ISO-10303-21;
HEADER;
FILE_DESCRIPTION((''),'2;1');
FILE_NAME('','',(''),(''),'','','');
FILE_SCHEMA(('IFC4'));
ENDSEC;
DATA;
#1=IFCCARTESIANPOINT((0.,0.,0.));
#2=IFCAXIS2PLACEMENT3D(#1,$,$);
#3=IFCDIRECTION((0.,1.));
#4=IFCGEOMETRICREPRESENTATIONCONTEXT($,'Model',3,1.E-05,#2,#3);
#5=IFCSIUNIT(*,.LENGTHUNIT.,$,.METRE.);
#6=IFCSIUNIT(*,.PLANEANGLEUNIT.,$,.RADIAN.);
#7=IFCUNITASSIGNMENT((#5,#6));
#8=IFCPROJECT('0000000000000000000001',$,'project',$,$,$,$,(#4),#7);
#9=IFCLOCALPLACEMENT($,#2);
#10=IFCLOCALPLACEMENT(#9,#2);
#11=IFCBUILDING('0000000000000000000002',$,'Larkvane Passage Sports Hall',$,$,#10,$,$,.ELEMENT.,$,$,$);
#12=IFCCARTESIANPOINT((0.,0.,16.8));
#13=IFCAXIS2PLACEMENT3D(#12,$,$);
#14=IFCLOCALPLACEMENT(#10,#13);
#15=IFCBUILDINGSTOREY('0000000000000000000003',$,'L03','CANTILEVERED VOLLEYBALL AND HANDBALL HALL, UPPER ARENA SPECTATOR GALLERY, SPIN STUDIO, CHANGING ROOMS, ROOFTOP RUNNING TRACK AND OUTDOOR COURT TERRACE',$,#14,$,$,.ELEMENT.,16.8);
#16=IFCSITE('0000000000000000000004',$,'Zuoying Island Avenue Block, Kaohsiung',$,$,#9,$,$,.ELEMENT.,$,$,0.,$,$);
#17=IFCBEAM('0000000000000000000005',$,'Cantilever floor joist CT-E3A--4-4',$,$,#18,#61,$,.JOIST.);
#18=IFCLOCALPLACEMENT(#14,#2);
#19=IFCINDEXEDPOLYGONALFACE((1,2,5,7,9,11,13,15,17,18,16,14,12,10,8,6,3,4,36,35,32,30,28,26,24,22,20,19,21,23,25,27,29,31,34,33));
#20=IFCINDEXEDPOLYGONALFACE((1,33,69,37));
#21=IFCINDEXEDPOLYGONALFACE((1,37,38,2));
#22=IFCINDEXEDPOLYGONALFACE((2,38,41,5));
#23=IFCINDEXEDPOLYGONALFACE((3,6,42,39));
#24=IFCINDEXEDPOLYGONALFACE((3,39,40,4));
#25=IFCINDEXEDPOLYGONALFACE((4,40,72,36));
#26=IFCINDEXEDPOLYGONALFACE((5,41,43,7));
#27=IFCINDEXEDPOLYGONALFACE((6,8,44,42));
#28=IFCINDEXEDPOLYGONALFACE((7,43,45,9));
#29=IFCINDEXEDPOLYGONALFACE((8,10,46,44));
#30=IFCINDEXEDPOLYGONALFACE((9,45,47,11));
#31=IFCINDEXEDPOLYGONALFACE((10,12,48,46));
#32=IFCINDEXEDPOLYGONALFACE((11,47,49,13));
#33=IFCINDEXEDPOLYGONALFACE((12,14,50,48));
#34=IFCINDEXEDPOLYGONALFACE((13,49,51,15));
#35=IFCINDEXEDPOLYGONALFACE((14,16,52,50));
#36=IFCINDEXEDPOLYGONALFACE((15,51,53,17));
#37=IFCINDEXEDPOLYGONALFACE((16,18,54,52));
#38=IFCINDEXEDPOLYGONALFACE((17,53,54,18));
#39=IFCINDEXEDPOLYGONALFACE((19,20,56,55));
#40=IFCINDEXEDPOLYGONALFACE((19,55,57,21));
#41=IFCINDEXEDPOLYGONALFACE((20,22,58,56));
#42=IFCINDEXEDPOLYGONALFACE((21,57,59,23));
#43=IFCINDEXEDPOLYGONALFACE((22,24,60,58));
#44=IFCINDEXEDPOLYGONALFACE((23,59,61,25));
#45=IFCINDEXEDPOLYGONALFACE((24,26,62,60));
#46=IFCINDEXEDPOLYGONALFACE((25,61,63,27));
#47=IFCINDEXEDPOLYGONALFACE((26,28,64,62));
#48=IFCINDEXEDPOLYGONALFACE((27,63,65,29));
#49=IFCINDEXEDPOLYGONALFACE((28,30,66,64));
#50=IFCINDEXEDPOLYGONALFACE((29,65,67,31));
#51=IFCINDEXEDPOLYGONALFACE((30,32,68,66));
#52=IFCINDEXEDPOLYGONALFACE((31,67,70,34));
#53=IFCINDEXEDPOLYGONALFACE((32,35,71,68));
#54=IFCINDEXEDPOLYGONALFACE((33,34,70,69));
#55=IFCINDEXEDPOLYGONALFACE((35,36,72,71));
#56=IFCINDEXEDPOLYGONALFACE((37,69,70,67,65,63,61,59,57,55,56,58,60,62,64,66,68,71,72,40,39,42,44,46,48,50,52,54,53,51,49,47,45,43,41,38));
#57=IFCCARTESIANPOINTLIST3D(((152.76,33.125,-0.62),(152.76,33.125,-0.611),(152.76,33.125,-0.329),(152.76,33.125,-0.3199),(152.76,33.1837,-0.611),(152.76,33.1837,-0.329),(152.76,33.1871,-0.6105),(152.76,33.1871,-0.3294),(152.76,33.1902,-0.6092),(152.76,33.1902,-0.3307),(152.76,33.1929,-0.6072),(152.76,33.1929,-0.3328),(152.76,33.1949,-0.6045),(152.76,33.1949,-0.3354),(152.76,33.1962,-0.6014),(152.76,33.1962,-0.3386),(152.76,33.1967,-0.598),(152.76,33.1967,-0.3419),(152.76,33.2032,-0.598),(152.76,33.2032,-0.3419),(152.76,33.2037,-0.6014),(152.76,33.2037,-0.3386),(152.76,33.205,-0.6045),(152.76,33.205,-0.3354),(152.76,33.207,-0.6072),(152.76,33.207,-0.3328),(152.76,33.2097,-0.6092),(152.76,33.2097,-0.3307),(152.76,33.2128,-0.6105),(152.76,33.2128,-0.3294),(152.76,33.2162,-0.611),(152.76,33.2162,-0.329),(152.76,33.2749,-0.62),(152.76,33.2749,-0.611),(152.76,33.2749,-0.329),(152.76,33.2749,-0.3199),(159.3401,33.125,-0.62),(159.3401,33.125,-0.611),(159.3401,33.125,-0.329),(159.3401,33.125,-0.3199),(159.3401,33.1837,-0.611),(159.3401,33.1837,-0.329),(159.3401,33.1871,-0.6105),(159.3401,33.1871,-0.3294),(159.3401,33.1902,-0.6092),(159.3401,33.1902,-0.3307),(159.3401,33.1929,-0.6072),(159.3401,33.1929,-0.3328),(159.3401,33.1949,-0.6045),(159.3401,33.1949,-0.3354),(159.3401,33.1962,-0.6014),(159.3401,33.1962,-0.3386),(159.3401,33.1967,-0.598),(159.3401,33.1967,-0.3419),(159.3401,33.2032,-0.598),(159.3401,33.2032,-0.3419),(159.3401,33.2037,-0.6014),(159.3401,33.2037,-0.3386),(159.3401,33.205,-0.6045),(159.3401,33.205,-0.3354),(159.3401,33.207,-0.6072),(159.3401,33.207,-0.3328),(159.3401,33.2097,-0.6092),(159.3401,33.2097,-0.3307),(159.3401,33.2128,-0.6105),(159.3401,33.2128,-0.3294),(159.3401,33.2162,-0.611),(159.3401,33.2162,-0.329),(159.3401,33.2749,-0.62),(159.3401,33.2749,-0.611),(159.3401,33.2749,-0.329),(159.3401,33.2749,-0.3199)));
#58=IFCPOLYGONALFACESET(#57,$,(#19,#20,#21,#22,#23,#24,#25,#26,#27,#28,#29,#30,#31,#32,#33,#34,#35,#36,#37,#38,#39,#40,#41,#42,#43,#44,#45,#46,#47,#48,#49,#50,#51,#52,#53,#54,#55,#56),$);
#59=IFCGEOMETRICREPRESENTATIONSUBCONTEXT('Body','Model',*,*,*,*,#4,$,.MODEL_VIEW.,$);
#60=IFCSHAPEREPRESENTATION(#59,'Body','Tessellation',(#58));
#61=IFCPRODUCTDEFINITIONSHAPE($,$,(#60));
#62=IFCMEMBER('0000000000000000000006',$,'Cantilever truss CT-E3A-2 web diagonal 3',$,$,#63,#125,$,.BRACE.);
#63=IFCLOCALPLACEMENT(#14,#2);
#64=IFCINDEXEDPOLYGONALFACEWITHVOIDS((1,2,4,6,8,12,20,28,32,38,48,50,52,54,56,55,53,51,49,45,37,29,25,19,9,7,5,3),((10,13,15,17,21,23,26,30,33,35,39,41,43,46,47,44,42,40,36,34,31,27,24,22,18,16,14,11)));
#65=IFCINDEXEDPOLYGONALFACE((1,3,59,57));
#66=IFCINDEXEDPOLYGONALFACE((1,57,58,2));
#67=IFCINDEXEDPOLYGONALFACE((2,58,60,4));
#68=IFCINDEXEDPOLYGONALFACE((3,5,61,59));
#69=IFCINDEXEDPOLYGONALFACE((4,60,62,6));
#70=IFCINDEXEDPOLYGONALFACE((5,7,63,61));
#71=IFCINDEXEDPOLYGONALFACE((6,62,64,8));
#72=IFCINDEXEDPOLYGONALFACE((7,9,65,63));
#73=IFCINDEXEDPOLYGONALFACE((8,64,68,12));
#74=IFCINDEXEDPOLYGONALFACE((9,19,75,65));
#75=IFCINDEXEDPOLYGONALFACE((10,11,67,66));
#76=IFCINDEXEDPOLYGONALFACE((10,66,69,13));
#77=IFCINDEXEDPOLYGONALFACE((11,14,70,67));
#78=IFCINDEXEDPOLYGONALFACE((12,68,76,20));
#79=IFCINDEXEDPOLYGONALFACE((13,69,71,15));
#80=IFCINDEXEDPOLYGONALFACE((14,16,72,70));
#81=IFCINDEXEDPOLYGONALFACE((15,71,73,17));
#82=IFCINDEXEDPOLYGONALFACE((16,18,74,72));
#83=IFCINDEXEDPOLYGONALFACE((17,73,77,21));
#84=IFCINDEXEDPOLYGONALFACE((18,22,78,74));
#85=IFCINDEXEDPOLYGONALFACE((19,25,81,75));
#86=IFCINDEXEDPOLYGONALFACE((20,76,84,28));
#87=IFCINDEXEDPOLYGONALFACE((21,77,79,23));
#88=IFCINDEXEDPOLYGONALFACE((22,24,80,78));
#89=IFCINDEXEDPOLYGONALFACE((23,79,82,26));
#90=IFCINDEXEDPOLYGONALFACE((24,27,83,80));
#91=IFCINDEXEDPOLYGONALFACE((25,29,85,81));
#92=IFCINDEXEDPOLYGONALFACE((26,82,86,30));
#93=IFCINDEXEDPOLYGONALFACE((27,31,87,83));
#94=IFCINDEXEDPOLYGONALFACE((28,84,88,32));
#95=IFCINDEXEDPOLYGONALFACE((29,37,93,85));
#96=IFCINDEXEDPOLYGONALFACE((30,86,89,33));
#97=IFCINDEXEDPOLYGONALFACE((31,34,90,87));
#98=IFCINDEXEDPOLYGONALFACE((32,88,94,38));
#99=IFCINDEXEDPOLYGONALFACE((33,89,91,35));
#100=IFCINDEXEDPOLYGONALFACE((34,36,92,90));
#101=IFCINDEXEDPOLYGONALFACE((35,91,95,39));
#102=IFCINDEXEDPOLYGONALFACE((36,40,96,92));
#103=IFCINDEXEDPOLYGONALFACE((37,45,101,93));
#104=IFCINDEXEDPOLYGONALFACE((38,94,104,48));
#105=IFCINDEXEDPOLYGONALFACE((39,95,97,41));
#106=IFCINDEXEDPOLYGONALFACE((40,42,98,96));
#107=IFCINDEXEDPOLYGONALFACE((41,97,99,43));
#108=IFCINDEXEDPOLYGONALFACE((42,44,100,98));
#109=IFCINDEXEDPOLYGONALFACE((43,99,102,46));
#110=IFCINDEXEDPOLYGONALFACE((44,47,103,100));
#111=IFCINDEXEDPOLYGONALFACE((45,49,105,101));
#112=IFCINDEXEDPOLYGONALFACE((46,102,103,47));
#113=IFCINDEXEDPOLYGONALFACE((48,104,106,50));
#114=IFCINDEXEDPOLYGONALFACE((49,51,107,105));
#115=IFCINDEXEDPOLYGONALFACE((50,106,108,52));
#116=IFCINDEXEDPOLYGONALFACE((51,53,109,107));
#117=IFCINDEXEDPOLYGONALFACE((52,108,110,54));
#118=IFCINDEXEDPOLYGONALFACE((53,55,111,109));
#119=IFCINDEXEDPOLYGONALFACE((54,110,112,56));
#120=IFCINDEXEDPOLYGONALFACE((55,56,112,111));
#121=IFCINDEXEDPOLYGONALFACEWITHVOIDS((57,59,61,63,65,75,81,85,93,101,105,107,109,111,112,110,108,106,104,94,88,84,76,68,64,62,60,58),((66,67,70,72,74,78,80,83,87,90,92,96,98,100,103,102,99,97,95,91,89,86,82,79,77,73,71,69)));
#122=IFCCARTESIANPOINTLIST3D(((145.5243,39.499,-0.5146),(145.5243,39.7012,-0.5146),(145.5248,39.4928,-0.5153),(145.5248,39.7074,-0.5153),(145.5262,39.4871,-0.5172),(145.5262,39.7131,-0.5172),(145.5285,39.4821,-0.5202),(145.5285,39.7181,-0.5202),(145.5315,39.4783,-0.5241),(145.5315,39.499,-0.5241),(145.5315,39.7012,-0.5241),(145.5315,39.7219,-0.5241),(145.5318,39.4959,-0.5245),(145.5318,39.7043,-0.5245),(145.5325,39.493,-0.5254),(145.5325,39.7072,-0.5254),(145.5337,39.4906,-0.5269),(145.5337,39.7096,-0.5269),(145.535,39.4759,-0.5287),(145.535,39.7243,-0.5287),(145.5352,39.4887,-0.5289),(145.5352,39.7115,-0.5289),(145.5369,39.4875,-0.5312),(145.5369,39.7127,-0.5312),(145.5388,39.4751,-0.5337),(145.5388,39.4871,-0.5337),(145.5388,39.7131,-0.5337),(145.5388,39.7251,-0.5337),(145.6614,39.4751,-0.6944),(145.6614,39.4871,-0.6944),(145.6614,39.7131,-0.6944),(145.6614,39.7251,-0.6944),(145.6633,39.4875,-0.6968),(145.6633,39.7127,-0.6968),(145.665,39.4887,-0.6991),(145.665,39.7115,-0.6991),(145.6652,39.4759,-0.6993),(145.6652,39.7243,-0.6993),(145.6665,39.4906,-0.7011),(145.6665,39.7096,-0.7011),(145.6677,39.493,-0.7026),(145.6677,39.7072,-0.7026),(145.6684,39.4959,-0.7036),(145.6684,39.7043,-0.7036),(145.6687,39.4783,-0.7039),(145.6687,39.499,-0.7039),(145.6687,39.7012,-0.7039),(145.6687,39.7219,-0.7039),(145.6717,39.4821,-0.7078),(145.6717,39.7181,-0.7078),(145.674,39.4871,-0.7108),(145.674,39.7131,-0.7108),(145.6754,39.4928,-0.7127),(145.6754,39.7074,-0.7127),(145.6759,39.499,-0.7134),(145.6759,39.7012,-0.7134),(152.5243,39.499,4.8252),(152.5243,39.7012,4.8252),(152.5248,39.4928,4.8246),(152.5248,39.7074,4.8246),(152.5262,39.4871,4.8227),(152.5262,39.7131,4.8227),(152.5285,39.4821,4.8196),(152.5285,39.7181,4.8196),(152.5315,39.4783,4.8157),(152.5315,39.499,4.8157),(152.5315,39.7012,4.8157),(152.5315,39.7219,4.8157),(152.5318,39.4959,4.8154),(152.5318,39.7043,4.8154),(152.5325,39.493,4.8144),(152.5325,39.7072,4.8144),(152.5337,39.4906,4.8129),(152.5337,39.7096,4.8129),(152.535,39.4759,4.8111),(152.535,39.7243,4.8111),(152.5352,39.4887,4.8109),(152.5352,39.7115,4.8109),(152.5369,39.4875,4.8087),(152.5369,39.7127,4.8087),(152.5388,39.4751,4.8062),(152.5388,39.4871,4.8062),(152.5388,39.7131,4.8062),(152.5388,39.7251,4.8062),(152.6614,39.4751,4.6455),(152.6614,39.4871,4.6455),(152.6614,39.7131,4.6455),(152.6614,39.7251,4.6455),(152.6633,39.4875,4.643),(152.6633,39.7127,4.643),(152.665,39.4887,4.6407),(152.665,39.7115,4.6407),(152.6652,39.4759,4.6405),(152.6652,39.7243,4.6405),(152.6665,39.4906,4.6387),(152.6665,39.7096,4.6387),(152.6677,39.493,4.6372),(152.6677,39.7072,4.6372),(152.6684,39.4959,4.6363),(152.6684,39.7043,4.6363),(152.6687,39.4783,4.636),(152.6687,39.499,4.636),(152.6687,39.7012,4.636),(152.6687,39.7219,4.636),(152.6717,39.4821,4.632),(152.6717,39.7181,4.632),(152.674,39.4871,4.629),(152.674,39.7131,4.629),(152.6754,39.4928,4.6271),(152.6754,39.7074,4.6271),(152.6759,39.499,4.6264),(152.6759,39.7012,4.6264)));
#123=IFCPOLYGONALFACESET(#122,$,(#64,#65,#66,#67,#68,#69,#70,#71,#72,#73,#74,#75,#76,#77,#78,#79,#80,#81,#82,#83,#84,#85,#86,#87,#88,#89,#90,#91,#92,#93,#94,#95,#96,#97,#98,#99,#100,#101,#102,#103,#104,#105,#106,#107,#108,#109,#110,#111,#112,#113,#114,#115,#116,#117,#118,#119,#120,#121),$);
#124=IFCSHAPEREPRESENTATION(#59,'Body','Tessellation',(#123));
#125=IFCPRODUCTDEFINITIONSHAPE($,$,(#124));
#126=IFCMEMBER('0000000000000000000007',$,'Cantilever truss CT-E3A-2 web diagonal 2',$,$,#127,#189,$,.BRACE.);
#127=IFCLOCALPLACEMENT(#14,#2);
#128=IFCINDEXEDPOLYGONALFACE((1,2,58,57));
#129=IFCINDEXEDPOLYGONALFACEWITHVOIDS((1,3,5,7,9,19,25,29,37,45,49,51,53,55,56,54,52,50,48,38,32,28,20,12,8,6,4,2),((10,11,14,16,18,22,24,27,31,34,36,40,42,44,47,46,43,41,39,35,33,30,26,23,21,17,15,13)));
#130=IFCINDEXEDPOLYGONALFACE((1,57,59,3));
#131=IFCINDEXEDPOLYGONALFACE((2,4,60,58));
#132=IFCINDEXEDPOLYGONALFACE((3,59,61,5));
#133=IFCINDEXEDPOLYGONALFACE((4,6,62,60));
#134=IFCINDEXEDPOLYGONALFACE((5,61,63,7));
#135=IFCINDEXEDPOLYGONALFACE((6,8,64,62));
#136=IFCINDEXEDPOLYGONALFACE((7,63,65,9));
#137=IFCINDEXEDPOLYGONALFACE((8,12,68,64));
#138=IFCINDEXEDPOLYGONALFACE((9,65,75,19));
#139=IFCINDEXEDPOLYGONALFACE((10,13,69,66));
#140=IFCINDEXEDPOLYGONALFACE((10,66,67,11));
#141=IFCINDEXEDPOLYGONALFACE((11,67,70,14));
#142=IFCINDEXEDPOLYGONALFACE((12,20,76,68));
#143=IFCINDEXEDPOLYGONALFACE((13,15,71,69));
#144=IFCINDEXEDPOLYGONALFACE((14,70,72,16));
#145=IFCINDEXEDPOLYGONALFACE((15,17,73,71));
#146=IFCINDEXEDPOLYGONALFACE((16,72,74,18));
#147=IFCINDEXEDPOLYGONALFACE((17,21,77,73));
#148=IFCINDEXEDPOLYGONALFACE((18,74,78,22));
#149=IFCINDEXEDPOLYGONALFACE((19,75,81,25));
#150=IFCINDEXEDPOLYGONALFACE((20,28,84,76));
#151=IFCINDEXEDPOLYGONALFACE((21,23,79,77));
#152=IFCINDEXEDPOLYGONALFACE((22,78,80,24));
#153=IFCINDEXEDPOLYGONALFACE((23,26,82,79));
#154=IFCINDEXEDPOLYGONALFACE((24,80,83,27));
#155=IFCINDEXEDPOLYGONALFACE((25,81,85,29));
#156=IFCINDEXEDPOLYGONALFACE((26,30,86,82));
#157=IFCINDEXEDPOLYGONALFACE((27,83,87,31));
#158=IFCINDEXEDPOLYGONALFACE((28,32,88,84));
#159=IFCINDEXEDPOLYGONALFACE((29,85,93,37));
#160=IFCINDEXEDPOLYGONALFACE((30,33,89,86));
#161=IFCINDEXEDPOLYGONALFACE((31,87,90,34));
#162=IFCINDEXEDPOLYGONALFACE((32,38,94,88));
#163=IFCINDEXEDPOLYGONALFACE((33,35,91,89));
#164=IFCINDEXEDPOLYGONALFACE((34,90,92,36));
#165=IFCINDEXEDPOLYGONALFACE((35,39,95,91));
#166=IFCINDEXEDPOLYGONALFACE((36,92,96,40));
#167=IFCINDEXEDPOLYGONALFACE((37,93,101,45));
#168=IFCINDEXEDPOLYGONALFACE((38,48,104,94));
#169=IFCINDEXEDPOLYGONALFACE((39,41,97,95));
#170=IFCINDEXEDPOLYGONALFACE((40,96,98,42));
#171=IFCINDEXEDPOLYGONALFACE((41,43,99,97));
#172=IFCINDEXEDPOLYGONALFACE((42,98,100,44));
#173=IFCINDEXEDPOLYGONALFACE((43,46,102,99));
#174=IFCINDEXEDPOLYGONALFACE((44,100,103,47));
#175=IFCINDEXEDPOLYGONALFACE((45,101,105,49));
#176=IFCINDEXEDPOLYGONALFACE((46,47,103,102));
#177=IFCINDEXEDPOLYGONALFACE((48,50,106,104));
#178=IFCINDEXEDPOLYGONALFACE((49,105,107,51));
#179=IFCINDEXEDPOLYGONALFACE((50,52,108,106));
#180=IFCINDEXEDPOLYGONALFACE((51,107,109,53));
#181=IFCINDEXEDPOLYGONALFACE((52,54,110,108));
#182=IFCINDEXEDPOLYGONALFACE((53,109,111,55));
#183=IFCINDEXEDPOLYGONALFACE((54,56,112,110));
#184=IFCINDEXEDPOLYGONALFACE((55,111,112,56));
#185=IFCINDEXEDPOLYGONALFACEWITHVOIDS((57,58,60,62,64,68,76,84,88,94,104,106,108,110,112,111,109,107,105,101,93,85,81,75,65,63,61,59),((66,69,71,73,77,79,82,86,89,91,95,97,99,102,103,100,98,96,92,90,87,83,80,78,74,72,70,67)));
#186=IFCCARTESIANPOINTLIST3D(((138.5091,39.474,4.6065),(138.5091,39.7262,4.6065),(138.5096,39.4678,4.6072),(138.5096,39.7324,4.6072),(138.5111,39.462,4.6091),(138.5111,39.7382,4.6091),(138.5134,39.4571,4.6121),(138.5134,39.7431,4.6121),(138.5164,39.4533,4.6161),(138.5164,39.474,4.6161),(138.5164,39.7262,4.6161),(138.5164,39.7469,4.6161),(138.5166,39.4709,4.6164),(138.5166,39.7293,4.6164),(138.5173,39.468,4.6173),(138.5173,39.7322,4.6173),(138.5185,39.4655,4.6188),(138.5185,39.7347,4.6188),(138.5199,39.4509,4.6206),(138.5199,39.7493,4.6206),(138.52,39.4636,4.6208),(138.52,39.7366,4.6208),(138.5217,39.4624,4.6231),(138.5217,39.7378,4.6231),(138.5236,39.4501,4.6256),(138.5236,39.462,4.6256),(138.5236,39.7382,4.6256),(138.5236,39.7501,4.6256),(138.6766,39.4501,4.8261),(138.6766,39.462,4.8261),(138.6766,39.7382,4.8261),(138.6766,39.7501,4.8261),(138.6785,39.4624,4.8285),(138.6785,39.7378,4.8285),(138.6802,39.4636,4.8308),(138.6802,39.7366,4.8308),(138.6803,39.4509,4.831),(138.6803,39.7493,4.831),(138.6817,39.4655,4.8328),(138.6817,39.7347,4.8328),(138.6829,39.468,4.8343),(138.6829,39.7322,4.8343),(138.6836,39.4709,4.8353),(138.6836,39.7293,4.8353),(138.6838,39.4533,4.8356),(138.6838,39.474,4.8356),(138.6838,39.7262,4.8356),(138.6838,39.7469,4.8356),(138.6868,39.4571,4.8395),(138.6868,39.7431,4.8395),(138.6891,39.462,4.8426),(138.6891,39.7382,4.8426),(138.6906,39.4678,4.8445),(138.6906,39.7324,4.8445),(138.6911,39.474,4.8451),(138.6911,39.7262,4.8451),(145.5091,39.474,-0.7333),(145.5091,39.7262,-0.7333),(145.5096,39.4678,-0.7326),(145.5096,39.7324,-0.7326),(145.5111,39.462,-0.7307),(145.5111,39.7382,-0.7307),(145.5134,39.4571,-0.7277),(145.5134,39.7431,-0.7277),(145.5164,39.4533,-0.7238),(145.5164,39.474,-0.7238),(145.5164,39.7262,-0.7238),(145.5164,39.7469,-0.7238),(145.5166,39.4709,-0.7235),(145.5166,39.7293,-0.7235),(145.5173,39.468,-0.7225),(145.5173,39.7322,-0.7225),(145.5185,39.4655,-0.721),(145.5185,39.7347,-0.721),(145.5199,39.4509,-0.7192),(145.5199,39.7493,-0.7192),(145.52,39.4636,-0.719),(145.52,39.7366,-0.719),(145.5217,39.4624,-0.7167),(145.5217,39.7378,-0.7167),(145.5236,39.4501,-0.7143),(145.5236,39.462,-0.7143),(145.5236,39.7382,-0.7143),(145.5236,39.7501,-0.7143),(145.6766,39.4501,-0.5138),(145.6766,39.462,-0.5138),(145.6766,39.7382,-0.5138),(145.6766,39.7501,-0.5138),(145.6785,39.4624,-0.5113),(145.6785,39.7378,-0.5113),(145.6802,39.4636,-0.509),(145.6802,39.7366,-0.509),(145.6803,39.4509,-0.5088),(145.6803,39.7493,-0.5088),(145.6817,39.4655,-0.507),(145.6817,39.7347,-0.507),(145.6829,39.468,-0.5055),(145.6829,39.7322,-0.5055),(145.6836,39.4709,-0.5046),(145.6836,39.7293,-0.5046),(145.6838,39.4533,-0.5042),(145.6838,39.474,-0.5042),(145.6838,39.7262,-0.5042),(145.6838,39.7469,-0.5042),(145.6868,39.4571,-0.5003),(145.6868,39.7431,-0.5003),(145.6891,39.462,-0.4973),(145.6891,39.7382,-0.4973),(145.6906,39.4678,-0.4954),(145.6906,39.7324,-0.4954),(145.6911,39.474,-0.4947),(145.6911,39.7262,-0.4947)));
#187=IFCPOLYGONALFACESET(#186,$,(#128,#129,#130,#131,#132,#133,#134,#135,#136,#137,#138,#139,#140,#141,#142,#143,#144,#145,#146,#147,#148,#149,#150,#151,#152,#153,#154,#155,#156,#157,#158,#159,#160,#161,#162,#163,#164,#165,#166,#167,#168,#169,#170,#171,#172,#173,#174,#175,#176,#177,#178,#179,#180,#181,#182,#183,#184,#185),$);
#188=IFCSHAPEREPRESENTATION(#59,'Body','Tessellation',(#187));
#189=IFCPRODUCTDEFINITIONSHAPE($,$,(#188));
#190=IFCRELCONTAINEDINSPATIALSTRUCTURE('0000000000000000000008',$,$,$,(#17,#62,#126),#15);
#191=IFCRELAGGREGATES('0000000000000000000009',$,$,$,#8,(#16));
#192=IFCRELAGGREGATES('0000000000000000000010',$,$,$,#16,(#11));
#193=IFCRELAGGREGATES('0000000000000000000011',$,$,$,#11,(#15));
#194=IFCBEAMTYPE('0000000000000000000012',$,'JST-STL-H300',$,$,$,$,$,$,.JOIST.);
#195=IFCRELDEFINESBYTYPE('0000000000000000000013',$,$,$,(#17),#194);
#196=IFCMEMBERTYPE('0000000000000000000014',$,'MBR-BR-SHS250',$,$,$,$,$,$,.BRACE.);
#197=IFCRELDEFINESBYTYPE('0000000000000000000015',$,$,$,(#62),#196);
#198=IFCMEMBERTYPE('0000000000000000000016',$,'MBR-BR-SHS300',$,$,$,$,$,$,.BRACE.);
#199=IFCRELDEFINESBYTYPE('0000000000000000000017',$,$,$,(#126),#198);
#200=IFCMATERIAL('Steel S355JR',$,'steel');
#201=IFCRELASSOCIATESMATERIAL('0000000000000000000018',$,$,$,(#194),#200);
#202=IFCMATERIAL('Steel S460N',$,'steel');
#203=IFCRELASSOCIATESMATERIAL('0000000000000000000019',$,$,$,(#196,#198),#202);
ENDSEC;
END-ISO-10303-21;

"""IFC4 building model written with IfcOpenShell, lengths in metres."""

from ifc_helpers import new_model, si_unit, direction, frame, origin, origin_2d, place, context, subcontext, project, spatial, hollow_rectangle, i_section, extrude, material, material_profile, profile_set, type_object, element, save


model = new_model("IFC4")

# Units and contexts
model_context = context("Model", 3, precision=1e-05, world=origin(), true_north=direction((0.0, 1.0)))
body_context = subcontext(model_context, "Body", "Model", "MODEL_VIEW")
ifc_project = project(units=[si_unit("LENGTHUNIT", "METRE"), si_unit("PLANEANGLEUNIT", "RADIAN")], contexts=[model_context])

# Site, building, storey
site_placement = place(None, origin())
site = spatial("IfcSite", under=ifc_project, at=site_placement, Name="Zuoying Island Avenue Block, Kaohsiung", CompositionType="ELEMENT", RefElevation=0.0)
building_placement = place(site_placement, origin())
building = spatial("IfcBuilding", under=site, at=building_placement, Name="Larkvane Passage Sports Hall", CompositionType="ELEMENT")
storey_placement = place(building_placement, frame((0.0, 0.0, 16.8)))
storey = spatial("IfcBuildingStorey", under=building, at=storey_placement, Name="L03", Description="CANTILEVERED VOLLEYBALL AND HANDBALL HALL, UPPER ARENA SPECTATOR GALLERY, SPIN STUDIO, CHANGING ROOMS, ROOFTOP RUNNING TRACK AND OUTDOOR COURT TERRACE", CompositionType="ELEMENT", Elevation=16.8)

# Shared definitions
ifc_material_1 = material(Name="Steel S460N", Category="steel")

# Beam
ifc_material_2 = material(Name="Steel S355JR", Category="steel")
ifc_material_profile_1 = material_profile(ifc_material_2, i_section(OverallWidth=0.1499, OverallDepth=0.3, WebThickness=0.0066, FlangeThickness=0.009, FilletRadius=0.0129, at=origin_2d()), Name="H-300x150x6.5x9")
ifc_profile_set_1 = profile_set([ifc_material_profile_1], Name="Steel S355JR")
beam_type_1 = type_object("IfcBeamType", Name="JST-STL-H300", PredefinedType="JOIST", material=ifc_profile_set_1)
beam_1_placement = place(storey_placement, frame((152.76, 33.2, -0.47), z_axis=(1.0, 0.0, 0.0), x_axis=(0.0, 1.0, 0.0)))
element("IfcBeam", 1, at=beam_1_placement, inside=storey, type_object=beam_type_1, Name="Cantilever floor joist CT-E3A--4-4", PredefinedType="JOIST", context=body_context, shape_type="SweptSolid", body=[
    extrude(i_section(OverallWidth=0.1499, OverallDepth=0.3, WebThickness=0.0066, FlangeThickness=0.009, FilletRadius=0.0129, at=origin_2d()), origin(), (0.0, 0.0, 1.0), 6.5801),
])

# Members
ifc_material_profile_2 = material_profile(ifc_material_1, hollow_rectangle(XDim=0.25, YDim=0.25, WallThickness=0.012, InnerFilletRadius=0.012, OuterFilletRadius=0.0239, at=origin_2d()), Name="SHS-250x250x12")
ifc_profile_set_2 = profile_set([ifc_material_profile_2], Name="Steel S460N")
member_type_1 = type_object("IfcMemberType", Name="MBR-BR-SHS250", PredefinedType="BRACE", material=ifc_profile_set_2)
member_1_placement = place(storey_placement, frame((145.6001, 39.6001, -0.614), z_axis=(0.795075, 0.0, 0.606511), x_axis=(0.0, 1.0, 0.0)))
element("IfcMember", 2, at=member_1_placement, inside=storey, type_object=member_type_1, Name="Cantilever truss CT-E3A-2 web diagonal 3", PredefinedType="BRACE", context=body_context, shape_type="SweptSolid", body=[
    extrude(hollow_rectangle(XDim=0.25, YDim=0.25, WallThickness=0.012, InnerFilletRadius=0.012, OuterFilletRadius=0.0239, at=origin_2d()), origin(), (0.0, 0.0, 1.0), 8.8042),
])
ifc_material_profile_3 = material_profile(ifc_material_1, hollow_rectangle(XDim=0.3, YDim=0.3, WallThickness=0.012, InnerFilletRadius=0.012, OuterFilletRadius=0.0239, at=origin_2d()), Name="SHS-300x300x12")
ifc_profile_set_3 = profile_set([ifc_material_profile_3], Name="Steel S460N")
member_type_2 = type_object("IfcMemberType", Name="MBR-BR-SHS300", PredefinedType="BRACE", material=ifc_profile_set_3)
member_2_placement = place(storey_placement, frame((138.6001, 39.6001, 4.7258), z_axis=(0.795075, 0.0, -0.606511), x_axis=(0.0, 1.0, 0.0)))
element("IfcMember", 3, at=member_2_placement, inside=storey, type_object=member_type_2, Name="Cantilever truss CT-E3A-2 web diagonal 2", PredefinedType="BRACE", context=body_context, shape_type="SweptSolid", body=[
    extrude(hollow_rectangle(XDim=0.3, YDim=0.3, WallThickness=0.012, InnerFilletRadius=0.012, OuterFilletRadius=0.0239, at=origin_2d()), origin(), (0.0, 0.0, 1.0), 8.8042),
])

save(model, "model.ifc")
